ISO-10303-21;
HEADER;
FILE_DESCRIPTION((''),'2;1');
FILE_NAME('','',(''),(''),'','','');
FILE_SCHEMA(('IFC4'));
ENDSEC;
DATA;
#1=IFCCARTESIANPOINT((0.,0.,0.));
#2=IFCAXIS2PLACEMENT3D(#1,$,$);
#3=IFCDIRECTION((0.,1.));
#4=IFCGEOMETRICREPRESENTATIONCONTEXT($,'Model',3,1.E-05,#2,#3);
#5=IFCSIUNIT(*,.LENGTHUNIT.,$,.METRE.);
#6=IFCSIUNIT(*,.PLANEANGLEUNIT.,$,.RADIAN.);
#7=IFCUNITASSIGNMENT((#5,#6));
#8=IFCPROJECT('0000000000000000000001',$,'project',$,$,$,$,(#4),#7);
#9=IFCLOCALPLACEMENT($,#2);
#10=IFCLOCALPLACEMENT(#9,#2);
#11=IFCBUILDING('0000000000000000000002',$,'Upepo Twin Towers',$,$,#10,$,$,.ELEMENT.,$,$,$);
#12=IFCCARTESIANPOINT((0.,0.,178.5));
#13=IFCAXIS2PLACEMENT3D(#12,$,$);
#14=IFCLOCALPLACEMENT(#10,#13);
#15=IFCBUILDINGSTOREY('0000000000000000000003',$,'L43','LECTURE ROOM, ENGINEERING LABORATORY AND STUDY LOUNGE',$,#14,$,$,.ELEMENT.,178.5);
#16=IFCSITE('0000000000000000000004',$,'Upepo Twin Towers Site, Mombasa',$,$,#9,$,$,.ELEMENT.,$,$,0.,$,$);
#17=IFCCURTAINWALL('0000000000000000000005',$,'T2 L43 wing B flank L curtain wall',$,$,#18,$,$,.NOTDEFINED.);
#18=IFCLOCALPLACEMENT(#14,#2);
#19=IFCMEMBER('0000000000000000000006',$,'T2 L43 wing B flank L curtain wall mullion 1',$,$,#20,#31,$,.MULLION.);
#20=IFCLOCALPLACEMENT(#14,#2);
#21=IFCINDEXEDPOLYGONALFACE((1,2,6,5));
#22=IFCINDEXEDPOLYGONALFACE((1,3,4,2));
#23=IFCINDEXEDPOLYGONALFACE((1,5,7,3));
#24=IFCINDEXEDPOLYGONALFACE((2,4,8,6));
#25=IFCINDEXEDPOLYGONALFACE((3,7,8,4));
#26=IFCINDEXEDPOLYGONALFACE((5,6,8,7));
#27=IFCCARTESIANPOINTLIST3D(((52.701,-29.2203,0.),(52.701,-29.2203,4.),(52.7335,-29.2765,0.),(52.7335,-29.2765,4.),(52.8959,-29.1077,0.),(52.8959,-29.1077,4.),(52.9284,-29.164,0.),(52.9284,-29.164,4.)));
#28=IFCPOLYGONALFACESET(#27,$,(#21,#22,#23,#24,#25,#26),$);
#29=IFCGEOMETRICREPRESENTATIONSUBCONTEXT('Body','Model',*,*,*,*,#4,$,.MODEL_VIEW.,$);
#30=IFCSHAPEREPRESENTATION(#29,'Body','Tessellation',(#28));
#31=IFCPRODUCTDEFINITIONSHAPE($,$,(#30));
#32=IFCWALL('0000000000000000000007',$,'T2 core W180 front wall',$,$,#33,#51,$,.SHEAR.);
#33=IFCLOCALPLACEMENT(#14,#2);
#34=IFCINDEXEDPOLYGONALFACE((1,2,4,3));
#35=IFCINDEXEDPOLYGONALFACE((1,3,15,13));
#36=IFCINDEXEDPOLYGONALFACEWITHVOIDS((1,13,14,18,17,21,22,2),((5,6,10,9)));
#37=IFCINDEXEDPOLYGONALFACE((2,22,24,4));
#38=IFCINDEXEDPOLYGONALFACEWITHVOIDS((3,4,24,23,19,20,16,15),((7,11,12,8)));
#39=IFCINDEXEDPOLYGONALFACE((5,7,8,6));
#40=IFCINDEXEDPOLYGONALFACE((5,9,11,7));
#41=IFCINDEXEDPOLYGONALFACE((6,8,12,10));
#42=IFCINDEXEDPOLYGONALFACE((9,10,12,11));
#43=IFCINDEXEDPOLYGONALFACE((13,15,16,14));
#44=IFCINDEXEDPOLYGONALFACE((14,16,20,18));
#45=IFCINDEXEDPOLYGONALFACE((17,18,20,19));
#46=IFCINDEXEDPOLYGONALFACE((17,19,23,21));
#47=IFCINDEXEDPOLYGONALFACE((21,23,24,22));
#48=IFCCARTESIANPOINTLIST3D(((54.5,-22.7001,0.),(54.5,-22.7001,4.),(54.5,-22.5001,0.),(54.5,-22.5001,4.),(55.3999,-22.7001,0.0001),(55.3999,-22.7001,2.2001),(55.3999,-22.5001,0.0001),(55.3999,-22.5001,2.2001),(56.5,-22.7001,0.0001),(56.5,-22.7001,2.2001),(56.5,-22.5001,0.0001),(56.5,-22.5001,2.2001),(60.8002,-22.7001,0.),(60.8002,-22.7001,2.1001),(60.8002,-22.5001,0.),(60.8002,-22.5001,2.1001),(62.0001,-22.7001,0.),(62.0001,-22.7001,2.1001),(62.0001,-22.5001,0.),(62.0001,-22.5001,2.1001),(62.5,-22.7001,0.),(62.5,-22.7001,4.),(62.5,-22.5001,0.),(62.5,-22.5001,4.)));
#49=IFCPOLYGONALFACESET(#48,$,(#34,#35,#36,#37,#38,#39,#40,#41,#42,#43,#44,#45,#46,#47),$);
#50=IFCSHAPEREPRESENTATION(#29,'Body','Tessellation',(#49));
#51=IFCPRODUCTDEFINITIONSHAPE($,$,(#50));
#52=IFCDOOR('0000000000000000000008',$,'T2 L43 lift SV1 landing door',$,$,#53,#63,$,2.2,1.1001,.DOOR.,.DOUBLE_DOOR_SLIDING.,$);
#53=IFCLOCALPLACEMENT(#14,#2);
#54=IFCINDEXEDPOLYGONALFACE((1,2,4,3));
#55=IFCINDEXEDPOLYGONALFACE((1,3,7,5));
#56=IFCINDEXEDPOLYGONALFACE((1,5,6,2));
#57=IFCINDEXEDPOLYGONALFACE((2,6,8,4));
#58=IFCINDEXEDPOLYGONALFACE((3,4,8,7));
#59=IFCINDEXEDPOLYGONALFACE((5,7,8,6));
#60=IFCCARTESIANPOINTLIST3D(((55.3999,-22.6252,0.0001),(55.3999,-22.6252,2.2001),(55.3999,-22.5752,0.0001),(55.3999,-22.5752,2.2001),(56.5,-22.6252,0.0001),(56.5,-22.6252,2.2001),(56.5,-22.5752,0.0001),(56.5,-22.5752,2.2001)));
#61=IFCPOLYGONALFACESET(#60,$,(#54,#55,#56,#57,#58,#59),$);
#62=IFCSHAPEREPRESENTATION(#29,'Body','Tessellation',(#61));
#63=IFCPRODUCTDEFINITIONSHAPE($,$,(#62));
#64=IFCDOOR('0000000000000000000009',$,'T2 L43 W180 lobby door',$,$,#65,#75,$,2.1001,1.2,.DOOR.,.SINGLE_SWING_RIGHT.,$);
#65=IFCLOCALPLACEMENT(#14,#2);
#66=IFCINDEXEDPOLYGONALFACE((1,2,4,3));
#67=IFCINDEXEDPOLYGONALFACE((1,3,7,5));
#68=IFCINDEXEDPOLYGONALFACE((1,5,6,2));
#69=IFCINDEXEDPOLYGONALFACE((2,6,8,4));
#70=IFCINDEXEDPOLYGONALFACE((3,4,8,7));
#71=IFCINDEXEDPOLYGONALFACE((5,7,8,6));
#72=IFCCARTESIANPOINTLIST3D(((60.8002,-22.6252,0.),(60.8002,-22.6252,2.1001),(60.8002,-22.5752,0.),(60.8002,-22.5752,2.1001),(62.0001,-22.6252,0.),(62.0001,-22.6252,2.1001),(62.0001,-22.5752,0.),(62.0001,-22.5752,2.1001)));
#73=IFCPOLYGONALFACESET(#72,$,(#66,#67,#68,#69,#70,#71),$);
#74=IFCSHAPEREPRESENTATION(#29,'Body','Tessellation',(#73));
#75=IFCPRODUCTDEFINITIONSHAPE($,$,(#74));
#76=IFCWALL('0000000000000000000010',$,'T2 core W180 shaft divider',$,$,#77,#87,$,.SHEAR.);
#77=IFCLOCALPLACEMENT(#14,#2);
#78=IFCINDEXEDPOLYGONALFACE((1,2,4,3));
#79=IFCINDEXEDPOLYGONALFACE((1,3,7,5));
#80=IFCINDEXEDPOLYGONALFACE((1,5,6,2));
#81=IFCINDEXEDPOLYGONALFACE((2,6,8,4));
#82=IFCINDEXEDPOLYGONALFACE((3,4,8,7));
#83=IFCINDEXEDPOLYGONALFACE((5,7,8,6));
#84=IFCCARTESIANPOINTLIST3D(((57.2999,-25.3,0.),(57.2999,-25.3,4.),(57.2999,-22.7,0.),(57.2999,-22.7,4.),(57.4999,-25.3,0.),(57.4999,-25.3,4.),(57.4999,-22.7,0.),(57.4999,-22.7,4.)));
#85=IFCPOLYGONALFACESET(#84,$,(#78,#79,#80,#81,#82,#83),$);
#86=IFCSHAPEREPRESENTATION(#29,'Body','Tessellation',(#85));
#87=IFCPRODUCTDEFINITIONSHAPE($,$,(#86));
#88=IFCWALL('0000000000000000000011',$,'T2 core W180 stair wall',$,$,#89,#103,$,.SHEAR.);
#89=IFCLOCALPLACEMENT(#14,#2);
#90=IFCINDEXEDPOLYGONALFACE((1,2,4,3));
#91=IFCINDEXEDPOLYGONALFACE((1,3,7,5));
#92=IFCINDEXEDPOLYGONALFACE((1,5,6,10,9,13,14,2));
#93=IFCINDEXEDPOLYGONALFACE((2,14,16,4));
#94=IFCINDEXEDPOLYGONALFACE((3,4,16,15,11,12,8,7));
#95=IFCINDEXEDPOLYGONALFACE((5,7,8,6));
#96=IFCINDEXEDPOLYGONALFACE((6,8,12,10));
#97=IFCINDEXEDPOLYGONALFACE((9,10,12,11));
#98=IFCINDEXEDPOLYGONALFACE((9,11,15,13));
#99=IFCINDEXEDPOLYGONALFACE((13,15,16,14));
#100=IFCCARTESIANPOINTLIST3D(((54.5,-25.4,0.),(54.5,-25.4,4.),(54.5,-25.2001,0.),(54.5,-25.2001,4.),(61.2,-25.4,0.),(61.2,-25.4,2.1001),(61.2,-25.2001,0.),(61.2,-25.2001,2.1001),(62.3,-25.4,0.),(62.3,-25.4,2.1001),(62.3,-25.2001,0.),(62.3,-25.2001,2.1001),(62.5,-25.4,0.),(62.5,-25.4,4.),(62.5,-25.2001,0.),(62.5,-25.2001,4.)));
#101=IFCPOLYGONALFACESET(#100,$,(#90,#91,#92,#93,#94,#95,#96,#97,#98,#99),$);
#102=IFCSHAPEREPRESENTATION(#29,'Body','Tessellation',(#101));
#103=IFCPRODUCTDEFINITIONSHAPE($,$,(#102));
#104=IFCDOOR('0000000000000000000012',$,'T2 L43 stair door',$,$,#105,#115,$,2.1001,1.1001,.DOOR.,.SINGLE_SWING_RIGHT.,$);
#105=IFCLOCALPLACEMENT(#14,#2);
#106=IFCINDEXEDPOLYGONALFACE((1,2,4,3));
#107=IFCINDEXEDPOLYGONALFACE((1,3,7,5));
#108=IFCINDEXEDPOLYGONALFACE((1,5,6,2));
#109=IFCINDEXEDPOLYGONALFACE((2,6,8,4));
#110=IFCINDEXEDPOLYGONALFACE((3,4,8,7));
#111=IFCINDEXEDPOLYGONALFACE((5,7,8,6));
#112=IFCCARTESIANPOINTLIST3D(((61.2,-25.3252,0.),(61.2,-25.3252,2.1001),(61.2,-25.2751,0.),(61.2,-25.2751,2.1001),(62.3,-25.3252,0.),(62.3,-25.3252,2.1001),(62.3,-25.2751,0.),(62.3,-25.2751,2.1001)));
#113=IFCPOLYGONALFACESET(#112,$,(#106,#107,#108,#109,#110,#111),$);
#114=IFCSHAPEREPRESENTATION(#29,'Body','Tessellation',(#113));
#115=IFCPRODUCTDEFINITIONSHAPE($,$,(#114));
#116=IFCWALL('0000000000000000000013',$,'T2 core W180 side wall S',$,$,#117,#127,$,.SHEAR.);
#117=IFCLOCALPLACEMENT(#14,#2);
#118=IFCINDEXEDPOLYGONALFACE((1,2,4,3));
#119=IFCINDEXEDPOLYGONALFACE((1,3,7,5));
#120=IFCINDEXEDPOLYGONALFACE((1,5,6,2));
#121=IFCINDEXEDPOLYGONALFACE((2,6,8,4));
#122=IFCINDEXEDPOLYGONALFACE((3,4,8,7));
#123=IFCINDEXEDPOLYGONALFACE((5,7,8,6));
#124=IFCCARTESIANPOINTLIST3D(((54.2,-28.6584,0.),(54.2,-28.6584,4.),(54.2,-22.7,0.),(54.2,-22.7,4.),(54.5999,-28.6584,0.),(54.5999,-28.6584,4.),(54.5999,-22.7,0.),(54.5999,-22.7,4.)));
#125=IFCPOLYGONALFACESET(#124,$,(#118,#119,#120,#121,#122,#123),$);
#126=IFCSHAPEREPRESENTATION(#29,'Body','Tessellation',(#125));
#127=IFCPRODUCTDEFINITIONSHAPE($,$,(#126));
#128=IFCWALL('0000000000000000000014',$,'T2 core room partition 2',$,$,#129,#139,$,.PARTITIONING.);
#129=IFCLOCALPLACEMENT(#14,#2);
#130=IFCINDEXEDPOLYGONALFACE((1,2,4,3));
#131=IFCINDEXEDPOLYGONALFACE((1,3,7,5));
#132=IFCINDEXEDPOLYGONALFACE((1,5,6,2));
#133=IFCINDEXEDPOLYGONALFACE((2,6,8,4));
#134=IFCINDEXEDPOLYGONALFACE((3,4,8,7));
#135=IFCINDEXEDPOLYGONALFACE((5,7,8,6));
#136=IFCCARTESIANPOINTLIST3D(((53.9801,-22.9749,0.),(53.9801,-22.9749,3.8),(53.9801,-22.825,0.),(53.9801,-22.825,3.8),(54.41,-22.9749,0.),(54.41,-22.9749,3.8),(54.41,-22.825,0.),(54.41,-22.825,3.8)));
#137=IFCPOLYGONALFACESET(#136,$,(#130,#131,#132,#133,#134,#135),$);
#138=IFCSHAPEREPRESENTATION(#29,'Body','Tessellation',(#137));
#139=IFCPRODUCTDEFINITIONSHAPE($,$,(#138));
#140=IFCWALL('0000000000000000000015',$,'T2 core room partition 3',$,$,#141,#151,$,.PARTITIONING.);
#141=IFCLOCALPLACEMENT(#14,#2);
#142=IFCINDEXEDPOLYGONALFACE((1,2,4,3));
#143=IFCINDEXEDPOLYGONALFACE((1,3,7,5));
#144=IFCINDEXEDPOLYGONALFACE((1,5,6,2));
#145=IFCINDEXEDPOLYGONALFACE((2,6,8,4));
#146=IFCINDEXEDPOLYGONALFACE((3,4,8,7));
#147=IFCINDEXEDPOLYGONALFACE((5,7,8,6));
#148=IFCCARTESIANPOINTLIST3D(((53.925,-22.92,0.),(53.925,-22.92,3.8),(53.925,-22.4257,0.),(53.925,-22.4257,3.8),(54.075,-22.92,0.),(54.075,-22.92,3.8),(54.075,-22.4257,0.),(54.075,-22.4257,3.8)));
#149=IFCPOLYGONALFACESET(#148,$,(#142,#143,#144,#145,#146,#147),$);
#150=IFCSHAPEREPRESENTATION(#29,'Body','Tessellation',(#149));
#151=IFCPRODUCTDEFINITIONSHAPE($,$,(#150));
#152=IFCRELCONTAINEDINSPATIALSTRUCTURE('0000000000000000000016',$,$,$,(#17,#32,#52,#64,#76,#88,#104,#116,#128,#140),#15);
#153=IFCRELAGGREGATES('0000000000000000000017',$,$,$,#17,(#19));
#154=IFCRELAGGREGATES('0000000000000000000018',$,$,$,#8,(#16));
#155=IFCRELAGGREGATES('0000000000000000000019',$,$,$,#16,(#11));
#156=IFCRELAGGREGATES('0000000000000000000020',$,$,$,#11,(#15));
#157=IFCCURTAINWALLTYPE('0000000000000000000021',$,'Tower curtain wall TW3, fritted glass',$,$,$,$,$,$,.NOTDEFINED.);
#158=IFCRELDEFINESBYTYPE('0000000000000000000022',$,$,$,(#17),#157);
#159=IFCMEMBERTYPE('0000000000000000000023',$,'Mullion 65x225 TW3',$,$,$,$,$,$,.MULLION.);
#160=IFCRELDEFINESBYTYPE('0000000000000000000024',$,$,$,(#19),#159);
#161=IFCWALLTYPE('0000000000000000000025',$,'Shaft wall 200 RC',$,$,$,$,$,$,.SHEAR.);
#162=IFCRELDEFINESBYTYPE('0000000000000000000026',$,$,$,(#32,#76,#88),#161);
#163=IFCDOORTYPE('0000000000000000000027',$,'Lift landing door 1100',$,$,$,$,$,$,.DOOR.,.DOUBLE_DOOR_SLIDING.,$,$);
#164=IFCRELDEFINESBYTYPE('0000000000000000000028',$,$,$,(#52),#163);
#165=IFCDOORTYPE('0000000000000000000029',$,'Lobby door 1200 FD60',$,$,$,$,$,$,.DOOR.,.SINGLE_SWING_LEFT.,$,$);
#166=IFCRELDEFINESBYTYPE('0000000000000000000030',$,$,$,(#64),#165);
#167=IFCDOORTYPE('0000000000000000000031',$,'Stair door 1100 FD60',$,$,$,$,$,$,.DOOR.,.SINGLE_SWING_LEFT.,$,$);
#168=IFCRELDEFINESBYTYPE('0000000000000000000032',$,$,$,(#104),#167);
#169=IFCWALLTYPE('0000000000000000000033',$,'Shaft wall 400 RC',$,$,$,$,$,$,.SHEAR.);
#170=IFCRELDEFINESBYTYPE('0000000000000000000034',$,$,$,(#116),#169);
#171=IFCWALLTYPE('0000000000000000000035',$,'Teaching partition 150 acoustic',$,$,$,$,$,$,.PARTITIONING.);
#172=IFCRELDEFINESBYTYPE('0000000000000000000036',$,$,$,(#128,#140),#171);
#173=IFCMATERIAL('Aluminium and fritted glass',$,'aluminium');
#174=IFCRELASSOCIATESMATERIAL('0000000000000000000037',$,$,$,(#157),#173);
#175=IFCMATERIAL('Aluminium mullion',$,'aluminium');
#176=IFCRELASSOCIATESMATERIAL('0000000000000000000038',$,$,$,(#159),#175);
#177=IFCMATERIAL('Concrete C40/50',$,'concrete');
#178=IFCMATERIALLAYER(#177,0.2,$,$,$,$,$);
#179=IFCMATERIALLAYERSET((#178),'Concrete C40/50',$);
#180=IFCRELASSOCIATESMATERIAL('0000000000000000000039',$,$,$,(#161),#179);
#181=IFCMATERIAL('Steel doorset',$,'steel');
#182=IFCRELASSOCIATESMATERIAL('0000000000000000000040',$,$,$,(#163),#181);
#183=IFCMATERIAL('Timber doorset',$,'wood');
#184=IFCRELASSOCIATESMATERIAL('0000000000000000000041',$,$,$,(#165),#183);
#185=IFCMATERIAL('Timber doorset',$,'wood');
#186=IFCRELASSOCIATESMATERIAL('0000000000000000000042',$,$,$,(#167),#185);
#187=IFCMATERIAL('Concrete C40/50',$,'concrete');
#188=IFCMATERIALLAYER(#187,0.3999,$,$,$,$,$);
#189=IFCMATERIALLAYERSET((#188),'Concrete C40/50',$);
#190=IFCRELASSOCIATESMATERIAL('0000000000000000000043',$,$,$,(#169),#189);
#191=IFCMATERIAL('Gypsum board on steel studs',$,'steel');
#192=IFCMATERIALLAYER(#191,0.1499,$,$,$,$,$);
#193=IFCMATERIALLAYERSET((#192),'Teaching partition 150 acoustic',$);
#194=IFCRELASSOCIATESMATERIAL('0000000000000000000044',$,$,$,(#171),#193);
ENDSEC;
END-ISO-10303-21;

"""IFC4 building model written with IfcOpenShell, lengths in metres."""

from ifc_helpers import new_model, si_unit, direction, frame, frame_2d, origin, origin_2d, place, context, subcontext, project, spatial, rectangle, extrude, material, layer, layer_set, material_profile, profile_set, type_object, element, fill, aggregate, save


model = new_model("IFC4")

# Units and contexts
model_context = context("Model", 3, precision=1e-05, world=origin(), true_north=direction((0.0, 1.0)))
body_context = subcontext(model_context, "Body", "Model", "MODEL_VIEW")
ifc_project = project(units=[si_unit("LENGTHUNIT", "METRE"), si_unit("PLANEANGLEUNIT", "RADIAN")], contexts=[model_context])

# Site, building, storey
site_placement = place(None, origin())
site = spatial("IfcSite", under=ifc_project, at=site_placement, Name="Upepo Twin Towers Site, Mombasa", CompositionType="ELEMENT", RefElevation=0.0)
building_placement = place(site_placement, origin())
building = spatial("IfcBuilding", under=site, at=building_placement, Name="Upepo Twin Towers", CompositionType="ELEMENT")
storey_placement = place(building_placement, frame((0.0, 0.0, 178.5)))
storey = spatial("IfcBuildingStorey", under=building, at=storey_placement, Name="L43", Description="LECTURE ROOM, ENGINEERING LABORATORY AND STUDY LOUNGE", CompositionType="ELEMENT", Elevation=178.5)

# Curtain wall, member
ifc_material_1 = material(Name="Aluminium and fritted glass", Category="aluminium")
curtain_wall_type = type_object("IfcCurtainWallType", Name="Tower curtain wall TW3, fritted glass", PredefinedType="NOTDEFINED", material=ifc_material_1)
curtain_wall_placement = place(storey_placement, origin())
curtain_wall = element("IfcCurtainWall", 1, at=curtain_wall_placement, inside=storey, type_object=curtain_wall_type, Name="T2 L43 wing B flank L curtain wall", PredefinedType="NOTDEFINED")
ifc_material_2 = material(Name="Aluminium mullion", Category="aluminium")
ifc_material_profile = material_profile(ifc_material_2, rectangle(XDim=0.0649, YDim=0.2251, at=origin_2d()), Name="MULLION 65x225")
ifc_profile_set = profile_set([ifc_material_profile], Name="Aluminium mullion")
member_type = type_object("IfcMemberType", Name="Mullion 65x225 TW3", PredefinedType="MULLION", material=ifc_profile_set)
member_placement = place(storey_placement, frame((52.8147, -29.1921, 0.0), z_axis=(0.0, 0.0, 1.0), x_axis=(0.5, -0.866025, 0.0)))
member = element("IfcMember", 2, at=member_placement, type_object=member_type, Name="T2 L43 wing B flank L curtain wall mullion 1", PredefinedType="MULLION", context=body_context, shape_type="SweptSolid", body=[
    extrude(rectangle(XDim=0.0649, YDim=0.2251, at=origin_2d()), origin(), (0.0, 0.0, 1.0), 4.0),
])
aggregate(curtain_wall, [member])

# Wall, openings, doors
ifc_material_3 = material(Name="Concrete C40/50", Category="concrete")
ifc_layer_1 = layer(ifc_material_3, 0.2)
ifc_layer_set_1 = layer_set([ifc_layer_1], Name="Concrete C40/50")
wall_type_1 = type_object("IfcWallType", Name="Shaft wall 200 RC", PredefinedType="SHEAR", material=ifc_layer_set_1)
wall_1_placement = place(storey_placement, frame((54.5, -22.6001, 0.0), z_axis=(0.0, 0.0, 1.0), x_axis=(1.0, 0.0, 0.0)))
wall_1 = element("IfcWall", 3, at=wall_1_placement, inside=storey, type_object=wall_type_1, Name="T2 core W180 front wall", PredefinedType="SHEAR", context=body_context, shape_type="SweptSolid", body=[
    extrude(rectangle(XDim=8.0, YDim=0.2, at=frame_2d((4.0, 0.0))), origin(), (0.0, 0.0, 1.0), 4.0),
])
opening_1_placement = place(wall_1_placement, frame((6.3, 0.0, 0.0)))
opening_1 = element("IfcOpeningElement", 4, at=opening_1_placement, cuts=wall_1, PredefinedType="OPENING", context=body_context, shape_type="SweptSolid", body=[
    extrude(rectangle(XDim=1.2, YDim=2.1001, at=frame_2d((0.6001, 1.05))), frame((0.0, 0.1099, 0.0), z_axis=(0.0, -1.0, 0.0), x_axis=(1.0, 0.0, 0.0)), (0.0, 0.0, 1.0), 0.22),
])
opening_2_placement = place(wall_1_placement, frame((0.8999, 0.0, 0.0)))
opening_2 = element("IfcOpeningElement", 5, at=opening_2_placement, cuts=wall_1, PredefinedType="OPENING", context=body_context, shape_type="SweptSolid", body=[
    extrude(rectangle(XDim=1.1001, YDim=2.2, at=frame_2d((0.55, 1.1001))), frame((0.0, 0.1099, 0.0), z_axis=(0.0, -1.0, 0.0), x_axis=(1.0, 0.0, 0.0)), (0.0, 0.0, 1.0), 0.22),
])
ifc_material_4 = material(Name="Steel doorset", Category="steel")
door_type_1 = type_object("IfcDoorType", Name="Lift landing door 1100", OperationType="DOUBLE_DOOR_SLIDING", PredefinedType="DOOR", material=ifc_material_4)
door_1_placement = place(opening_2_placement, origin())
door_1 = element("IfcDoor", 6, at=door_1_placement, inside=storey, type_object=door_type_1, Name="T2 L43 lift SV1 landing door", OperationType="DOUBLE_DOOR_SLIDING", OverallHeight=2.2, OverallWidth=1.1001, PredefinedType="DOOR", context=body_context, shape_type="SweptSolid", body=[
    extrude(rectangle(XDim=1.1001, YDim=2.2, at=frame_2d((0.55, 1.1001))), frame((0.0, 0.0249, 0.0), z_axis=(0.0, -1.0, 0.0), x_axis=(1.0, 0.0, 0.0)), (0.0, 0.0, 1.0), 0.05),
])
fill(opening_2, door_1)
ifc_material_5 = material(Name="Timber doorset", Category="wood")
door_type_2 = type_object("IfcDoorType", Name="Lobby door 1200 FD60", OperationType="SINGLE_SWING_LEFT", PredefinedType="DOOR", material=ifc_material_5)
door_2_placement = place(opening_1_placement, origin())
door_2 = element("IfcDoor", 7, at=door_2_placement, inside=storey, type_object=door_type_2, Name="T2 L43 W180 lobby door", OperationType="SINGLE_SWING_RIGHT", OverallHeight=2.1001, OverallWidth=1.2, PredefinedType="DOOR", context=body_context, shape_type="SweptSolid", body=[
    extrude(rectangle(XDim=1.2, YDim=2.1001, at=frame_2d((0.6001, 1.05))), frame((0.0, 0.0249, 0.0), z_axis=(0.0, -1.0, 0.0), x_axis=(1.0, 0.0, 0.0)), (0.0, 0.0, 1.0), 0.05),
])
fill(opening_1, door_2)

# Wall
wall_2_placement = place(storey_placement, frame((57.3999, -22.7, 0.0), z_axis=(0.0, 0.0, 1.0), x_axis=(0.0, -1.0, 0.0)))
element("IfcWall", 8, at=wall_2_placement, inside=storey, type_object=wall_type_1, Name="T2 core W180 shaft divider", PredefinedType="SHEAR", context=body_context, shape_type="SweptSolid", body=[
    extrude(rectangle(XDim=2.6001, YDim=0.2, at=frame_2d((1.3, 0.0))), origin(), (0.0, 0.0, 1.0), 4.0),
])

# Wall, opening, door
wall_3_placement = place(storey_placement, frame((54.5, -25.3, 0.0), z_axis=(0.0, 0.0, 1.0), x_axis=(1.0, 0.0, 0.0)))
wall_3 = element("IfcWall", 9, at=wall_3_placement, inside=storey, type_object=wall_type_1, Name="T2 core W180 stair wall", PredefinedType="SHEAR", context=body_context, shape_type="SweptSolid", body=[
    extrude(rectangle(XDim=8.0, YDim=0.2, at=frame_2d((4.0, 0.0))), origin(), (0.0, 0.0, 1.0), 4.0),
])
opening_3_placement = place(wall_3_placement, frame((6.7, 0.0, 0.0)))
opening_3 = element("IfcOpeningElement", 10, at=opening_3_placement, cuts=wall_3, PredefinedType="OPENING", context=body_context, shape_type="SweptSolid", body=[
    extrude(rectangle(XDim=1.1001, YDim=2.1001, at=frame_2d((0.55, 1.05))), frame((0.0, 0.1099, 0.0), z_axis=(0.0, -1.0, 0.0), x_axis=(1.0, 0.0, 0.0)), (0.0, 0.0, 1.0), 0.22),
])
ifc_material_6 = material(Name="Timber doorset", Category="wood")
door_type_3 = type_object("IfcDoorType", Name="Stair door 1100 FD60", OperationType="SINGLE_SWING_LEFT", PredefinedType="DOOR", material=ifc_material_6)
door_3_placement = place(opening_3_placement, origin())
door_3 = element("IfcDoor", 11, at=door_3_placement, inside=storey, type_object=door_type_3, Name="T2 L43 stair door", OperationType="SINGLE_SWING_RIGHT", OverallHeight=2.1001, OverallWidth=1.1001, PredefinedType="DOOR", context=body_context, shape_type="SweptSolid", body=[
    extrude(rectangle(XDim=1.1001, YDim=2.1001, at=frame_2d((0.55, 1.05))), frame((0.0, 0.0249, 0.0), z_axis=(0.0, -1.0, 0.0), x_axis=(1.0, 0.0, 0.0)), (0.0, 0.0, 1.0), 0.05),
])
fill(opening_3, door_3)

# Walls
ifc_material_7 = material(Name="Concrete C40/50", Category="concrete")
ifc_layer_2 = layer(ifc_material_7, 0.3999)
ifc_layer_set_2 = layer_set([ifc_layer_2], Name="Concrete C40/50")
wall_type_2 = type_object("IfcWallType", Name="Shaft wall 400 RC", PredefinedType="SHEAR", material=ifc_layer_set_2)
wall_4_placement = place(storey_placement, frame((54.3999, -22.7, 0.0), z_axis=(0.0, 0.0, 1.0), x_axis=(0.0, -1.0, 0.0)))
element("IfcWall", 12, at=wall_4_placement, inside=storey, type_object=wall_type_2, Name="T2 core W180 side wall S", PredefinedType="SHEAR", context=body_context, shape_type="SweptSolid", body=[
    extrude(rectangle(XDim=5.9585, YDim=0.3999, at=frame_2d((2.9792, 0.0))), origin(), (0.0, 0.0, 1.0), 4.0),
])
ifc_material_8 = material(Name="Gypsum board on steel studs", Category="steel")
ifc_layer_3 = layer(ifc_material_8, 0.1499)
ifc_layer_set_3 = layer_set([ifc_layer_3], Name="Teaching partition 150 acoustic")
wall_type_3 = type_object("IfcWallType", Name="Teaching partition 150 acoustic", PredefinedType="PARTITIONING", material=ifc_layer_set_3)
wall_5_placement = place(storey_placement, frame((54.4099, -22.8999, 0.0), z_axis=(0.0, 0.0, 1.0), x_axis=(-1.0, 0.0, 0.0)))
element("IfcWall", 13, at=wall_5_placement, inside=storey, type_object=wall_type_3, Name="T2 core room partition 2", PredefinedType="PARTITIONING", context=body_context, shape_type="SweptSolid", body=[
    extrude(rectangle(XDim=0.4299, YDim=0.1499, at=frame_2d((0.2148, 0.0))), origin(), (0.0, 0.0, 1.0), 3.8),
])
wall_6_placement = place(storey_placement, frame((54.0, -22.9199, 0.0), z_axis=(0.0, 0.0, 1.0), x_axis=(0.0, 1.0, 0.0)))
element("IfcWall", 14, at=wall_6_placement, inside=storey, type_object=wall_type_3, Name="T2 core room partition 3", PredefinedType="PARTITIONING", context=body_context, shape_type="SweptSolid", body=[
    extrude(rectangle(XDim=0.4944, YDim=0.1499, at=frame_2d((0.2471, 0.0))), origin(), (0.0, 0.0, 1.0), 3.8),
])

save(model, "model.ifc")
